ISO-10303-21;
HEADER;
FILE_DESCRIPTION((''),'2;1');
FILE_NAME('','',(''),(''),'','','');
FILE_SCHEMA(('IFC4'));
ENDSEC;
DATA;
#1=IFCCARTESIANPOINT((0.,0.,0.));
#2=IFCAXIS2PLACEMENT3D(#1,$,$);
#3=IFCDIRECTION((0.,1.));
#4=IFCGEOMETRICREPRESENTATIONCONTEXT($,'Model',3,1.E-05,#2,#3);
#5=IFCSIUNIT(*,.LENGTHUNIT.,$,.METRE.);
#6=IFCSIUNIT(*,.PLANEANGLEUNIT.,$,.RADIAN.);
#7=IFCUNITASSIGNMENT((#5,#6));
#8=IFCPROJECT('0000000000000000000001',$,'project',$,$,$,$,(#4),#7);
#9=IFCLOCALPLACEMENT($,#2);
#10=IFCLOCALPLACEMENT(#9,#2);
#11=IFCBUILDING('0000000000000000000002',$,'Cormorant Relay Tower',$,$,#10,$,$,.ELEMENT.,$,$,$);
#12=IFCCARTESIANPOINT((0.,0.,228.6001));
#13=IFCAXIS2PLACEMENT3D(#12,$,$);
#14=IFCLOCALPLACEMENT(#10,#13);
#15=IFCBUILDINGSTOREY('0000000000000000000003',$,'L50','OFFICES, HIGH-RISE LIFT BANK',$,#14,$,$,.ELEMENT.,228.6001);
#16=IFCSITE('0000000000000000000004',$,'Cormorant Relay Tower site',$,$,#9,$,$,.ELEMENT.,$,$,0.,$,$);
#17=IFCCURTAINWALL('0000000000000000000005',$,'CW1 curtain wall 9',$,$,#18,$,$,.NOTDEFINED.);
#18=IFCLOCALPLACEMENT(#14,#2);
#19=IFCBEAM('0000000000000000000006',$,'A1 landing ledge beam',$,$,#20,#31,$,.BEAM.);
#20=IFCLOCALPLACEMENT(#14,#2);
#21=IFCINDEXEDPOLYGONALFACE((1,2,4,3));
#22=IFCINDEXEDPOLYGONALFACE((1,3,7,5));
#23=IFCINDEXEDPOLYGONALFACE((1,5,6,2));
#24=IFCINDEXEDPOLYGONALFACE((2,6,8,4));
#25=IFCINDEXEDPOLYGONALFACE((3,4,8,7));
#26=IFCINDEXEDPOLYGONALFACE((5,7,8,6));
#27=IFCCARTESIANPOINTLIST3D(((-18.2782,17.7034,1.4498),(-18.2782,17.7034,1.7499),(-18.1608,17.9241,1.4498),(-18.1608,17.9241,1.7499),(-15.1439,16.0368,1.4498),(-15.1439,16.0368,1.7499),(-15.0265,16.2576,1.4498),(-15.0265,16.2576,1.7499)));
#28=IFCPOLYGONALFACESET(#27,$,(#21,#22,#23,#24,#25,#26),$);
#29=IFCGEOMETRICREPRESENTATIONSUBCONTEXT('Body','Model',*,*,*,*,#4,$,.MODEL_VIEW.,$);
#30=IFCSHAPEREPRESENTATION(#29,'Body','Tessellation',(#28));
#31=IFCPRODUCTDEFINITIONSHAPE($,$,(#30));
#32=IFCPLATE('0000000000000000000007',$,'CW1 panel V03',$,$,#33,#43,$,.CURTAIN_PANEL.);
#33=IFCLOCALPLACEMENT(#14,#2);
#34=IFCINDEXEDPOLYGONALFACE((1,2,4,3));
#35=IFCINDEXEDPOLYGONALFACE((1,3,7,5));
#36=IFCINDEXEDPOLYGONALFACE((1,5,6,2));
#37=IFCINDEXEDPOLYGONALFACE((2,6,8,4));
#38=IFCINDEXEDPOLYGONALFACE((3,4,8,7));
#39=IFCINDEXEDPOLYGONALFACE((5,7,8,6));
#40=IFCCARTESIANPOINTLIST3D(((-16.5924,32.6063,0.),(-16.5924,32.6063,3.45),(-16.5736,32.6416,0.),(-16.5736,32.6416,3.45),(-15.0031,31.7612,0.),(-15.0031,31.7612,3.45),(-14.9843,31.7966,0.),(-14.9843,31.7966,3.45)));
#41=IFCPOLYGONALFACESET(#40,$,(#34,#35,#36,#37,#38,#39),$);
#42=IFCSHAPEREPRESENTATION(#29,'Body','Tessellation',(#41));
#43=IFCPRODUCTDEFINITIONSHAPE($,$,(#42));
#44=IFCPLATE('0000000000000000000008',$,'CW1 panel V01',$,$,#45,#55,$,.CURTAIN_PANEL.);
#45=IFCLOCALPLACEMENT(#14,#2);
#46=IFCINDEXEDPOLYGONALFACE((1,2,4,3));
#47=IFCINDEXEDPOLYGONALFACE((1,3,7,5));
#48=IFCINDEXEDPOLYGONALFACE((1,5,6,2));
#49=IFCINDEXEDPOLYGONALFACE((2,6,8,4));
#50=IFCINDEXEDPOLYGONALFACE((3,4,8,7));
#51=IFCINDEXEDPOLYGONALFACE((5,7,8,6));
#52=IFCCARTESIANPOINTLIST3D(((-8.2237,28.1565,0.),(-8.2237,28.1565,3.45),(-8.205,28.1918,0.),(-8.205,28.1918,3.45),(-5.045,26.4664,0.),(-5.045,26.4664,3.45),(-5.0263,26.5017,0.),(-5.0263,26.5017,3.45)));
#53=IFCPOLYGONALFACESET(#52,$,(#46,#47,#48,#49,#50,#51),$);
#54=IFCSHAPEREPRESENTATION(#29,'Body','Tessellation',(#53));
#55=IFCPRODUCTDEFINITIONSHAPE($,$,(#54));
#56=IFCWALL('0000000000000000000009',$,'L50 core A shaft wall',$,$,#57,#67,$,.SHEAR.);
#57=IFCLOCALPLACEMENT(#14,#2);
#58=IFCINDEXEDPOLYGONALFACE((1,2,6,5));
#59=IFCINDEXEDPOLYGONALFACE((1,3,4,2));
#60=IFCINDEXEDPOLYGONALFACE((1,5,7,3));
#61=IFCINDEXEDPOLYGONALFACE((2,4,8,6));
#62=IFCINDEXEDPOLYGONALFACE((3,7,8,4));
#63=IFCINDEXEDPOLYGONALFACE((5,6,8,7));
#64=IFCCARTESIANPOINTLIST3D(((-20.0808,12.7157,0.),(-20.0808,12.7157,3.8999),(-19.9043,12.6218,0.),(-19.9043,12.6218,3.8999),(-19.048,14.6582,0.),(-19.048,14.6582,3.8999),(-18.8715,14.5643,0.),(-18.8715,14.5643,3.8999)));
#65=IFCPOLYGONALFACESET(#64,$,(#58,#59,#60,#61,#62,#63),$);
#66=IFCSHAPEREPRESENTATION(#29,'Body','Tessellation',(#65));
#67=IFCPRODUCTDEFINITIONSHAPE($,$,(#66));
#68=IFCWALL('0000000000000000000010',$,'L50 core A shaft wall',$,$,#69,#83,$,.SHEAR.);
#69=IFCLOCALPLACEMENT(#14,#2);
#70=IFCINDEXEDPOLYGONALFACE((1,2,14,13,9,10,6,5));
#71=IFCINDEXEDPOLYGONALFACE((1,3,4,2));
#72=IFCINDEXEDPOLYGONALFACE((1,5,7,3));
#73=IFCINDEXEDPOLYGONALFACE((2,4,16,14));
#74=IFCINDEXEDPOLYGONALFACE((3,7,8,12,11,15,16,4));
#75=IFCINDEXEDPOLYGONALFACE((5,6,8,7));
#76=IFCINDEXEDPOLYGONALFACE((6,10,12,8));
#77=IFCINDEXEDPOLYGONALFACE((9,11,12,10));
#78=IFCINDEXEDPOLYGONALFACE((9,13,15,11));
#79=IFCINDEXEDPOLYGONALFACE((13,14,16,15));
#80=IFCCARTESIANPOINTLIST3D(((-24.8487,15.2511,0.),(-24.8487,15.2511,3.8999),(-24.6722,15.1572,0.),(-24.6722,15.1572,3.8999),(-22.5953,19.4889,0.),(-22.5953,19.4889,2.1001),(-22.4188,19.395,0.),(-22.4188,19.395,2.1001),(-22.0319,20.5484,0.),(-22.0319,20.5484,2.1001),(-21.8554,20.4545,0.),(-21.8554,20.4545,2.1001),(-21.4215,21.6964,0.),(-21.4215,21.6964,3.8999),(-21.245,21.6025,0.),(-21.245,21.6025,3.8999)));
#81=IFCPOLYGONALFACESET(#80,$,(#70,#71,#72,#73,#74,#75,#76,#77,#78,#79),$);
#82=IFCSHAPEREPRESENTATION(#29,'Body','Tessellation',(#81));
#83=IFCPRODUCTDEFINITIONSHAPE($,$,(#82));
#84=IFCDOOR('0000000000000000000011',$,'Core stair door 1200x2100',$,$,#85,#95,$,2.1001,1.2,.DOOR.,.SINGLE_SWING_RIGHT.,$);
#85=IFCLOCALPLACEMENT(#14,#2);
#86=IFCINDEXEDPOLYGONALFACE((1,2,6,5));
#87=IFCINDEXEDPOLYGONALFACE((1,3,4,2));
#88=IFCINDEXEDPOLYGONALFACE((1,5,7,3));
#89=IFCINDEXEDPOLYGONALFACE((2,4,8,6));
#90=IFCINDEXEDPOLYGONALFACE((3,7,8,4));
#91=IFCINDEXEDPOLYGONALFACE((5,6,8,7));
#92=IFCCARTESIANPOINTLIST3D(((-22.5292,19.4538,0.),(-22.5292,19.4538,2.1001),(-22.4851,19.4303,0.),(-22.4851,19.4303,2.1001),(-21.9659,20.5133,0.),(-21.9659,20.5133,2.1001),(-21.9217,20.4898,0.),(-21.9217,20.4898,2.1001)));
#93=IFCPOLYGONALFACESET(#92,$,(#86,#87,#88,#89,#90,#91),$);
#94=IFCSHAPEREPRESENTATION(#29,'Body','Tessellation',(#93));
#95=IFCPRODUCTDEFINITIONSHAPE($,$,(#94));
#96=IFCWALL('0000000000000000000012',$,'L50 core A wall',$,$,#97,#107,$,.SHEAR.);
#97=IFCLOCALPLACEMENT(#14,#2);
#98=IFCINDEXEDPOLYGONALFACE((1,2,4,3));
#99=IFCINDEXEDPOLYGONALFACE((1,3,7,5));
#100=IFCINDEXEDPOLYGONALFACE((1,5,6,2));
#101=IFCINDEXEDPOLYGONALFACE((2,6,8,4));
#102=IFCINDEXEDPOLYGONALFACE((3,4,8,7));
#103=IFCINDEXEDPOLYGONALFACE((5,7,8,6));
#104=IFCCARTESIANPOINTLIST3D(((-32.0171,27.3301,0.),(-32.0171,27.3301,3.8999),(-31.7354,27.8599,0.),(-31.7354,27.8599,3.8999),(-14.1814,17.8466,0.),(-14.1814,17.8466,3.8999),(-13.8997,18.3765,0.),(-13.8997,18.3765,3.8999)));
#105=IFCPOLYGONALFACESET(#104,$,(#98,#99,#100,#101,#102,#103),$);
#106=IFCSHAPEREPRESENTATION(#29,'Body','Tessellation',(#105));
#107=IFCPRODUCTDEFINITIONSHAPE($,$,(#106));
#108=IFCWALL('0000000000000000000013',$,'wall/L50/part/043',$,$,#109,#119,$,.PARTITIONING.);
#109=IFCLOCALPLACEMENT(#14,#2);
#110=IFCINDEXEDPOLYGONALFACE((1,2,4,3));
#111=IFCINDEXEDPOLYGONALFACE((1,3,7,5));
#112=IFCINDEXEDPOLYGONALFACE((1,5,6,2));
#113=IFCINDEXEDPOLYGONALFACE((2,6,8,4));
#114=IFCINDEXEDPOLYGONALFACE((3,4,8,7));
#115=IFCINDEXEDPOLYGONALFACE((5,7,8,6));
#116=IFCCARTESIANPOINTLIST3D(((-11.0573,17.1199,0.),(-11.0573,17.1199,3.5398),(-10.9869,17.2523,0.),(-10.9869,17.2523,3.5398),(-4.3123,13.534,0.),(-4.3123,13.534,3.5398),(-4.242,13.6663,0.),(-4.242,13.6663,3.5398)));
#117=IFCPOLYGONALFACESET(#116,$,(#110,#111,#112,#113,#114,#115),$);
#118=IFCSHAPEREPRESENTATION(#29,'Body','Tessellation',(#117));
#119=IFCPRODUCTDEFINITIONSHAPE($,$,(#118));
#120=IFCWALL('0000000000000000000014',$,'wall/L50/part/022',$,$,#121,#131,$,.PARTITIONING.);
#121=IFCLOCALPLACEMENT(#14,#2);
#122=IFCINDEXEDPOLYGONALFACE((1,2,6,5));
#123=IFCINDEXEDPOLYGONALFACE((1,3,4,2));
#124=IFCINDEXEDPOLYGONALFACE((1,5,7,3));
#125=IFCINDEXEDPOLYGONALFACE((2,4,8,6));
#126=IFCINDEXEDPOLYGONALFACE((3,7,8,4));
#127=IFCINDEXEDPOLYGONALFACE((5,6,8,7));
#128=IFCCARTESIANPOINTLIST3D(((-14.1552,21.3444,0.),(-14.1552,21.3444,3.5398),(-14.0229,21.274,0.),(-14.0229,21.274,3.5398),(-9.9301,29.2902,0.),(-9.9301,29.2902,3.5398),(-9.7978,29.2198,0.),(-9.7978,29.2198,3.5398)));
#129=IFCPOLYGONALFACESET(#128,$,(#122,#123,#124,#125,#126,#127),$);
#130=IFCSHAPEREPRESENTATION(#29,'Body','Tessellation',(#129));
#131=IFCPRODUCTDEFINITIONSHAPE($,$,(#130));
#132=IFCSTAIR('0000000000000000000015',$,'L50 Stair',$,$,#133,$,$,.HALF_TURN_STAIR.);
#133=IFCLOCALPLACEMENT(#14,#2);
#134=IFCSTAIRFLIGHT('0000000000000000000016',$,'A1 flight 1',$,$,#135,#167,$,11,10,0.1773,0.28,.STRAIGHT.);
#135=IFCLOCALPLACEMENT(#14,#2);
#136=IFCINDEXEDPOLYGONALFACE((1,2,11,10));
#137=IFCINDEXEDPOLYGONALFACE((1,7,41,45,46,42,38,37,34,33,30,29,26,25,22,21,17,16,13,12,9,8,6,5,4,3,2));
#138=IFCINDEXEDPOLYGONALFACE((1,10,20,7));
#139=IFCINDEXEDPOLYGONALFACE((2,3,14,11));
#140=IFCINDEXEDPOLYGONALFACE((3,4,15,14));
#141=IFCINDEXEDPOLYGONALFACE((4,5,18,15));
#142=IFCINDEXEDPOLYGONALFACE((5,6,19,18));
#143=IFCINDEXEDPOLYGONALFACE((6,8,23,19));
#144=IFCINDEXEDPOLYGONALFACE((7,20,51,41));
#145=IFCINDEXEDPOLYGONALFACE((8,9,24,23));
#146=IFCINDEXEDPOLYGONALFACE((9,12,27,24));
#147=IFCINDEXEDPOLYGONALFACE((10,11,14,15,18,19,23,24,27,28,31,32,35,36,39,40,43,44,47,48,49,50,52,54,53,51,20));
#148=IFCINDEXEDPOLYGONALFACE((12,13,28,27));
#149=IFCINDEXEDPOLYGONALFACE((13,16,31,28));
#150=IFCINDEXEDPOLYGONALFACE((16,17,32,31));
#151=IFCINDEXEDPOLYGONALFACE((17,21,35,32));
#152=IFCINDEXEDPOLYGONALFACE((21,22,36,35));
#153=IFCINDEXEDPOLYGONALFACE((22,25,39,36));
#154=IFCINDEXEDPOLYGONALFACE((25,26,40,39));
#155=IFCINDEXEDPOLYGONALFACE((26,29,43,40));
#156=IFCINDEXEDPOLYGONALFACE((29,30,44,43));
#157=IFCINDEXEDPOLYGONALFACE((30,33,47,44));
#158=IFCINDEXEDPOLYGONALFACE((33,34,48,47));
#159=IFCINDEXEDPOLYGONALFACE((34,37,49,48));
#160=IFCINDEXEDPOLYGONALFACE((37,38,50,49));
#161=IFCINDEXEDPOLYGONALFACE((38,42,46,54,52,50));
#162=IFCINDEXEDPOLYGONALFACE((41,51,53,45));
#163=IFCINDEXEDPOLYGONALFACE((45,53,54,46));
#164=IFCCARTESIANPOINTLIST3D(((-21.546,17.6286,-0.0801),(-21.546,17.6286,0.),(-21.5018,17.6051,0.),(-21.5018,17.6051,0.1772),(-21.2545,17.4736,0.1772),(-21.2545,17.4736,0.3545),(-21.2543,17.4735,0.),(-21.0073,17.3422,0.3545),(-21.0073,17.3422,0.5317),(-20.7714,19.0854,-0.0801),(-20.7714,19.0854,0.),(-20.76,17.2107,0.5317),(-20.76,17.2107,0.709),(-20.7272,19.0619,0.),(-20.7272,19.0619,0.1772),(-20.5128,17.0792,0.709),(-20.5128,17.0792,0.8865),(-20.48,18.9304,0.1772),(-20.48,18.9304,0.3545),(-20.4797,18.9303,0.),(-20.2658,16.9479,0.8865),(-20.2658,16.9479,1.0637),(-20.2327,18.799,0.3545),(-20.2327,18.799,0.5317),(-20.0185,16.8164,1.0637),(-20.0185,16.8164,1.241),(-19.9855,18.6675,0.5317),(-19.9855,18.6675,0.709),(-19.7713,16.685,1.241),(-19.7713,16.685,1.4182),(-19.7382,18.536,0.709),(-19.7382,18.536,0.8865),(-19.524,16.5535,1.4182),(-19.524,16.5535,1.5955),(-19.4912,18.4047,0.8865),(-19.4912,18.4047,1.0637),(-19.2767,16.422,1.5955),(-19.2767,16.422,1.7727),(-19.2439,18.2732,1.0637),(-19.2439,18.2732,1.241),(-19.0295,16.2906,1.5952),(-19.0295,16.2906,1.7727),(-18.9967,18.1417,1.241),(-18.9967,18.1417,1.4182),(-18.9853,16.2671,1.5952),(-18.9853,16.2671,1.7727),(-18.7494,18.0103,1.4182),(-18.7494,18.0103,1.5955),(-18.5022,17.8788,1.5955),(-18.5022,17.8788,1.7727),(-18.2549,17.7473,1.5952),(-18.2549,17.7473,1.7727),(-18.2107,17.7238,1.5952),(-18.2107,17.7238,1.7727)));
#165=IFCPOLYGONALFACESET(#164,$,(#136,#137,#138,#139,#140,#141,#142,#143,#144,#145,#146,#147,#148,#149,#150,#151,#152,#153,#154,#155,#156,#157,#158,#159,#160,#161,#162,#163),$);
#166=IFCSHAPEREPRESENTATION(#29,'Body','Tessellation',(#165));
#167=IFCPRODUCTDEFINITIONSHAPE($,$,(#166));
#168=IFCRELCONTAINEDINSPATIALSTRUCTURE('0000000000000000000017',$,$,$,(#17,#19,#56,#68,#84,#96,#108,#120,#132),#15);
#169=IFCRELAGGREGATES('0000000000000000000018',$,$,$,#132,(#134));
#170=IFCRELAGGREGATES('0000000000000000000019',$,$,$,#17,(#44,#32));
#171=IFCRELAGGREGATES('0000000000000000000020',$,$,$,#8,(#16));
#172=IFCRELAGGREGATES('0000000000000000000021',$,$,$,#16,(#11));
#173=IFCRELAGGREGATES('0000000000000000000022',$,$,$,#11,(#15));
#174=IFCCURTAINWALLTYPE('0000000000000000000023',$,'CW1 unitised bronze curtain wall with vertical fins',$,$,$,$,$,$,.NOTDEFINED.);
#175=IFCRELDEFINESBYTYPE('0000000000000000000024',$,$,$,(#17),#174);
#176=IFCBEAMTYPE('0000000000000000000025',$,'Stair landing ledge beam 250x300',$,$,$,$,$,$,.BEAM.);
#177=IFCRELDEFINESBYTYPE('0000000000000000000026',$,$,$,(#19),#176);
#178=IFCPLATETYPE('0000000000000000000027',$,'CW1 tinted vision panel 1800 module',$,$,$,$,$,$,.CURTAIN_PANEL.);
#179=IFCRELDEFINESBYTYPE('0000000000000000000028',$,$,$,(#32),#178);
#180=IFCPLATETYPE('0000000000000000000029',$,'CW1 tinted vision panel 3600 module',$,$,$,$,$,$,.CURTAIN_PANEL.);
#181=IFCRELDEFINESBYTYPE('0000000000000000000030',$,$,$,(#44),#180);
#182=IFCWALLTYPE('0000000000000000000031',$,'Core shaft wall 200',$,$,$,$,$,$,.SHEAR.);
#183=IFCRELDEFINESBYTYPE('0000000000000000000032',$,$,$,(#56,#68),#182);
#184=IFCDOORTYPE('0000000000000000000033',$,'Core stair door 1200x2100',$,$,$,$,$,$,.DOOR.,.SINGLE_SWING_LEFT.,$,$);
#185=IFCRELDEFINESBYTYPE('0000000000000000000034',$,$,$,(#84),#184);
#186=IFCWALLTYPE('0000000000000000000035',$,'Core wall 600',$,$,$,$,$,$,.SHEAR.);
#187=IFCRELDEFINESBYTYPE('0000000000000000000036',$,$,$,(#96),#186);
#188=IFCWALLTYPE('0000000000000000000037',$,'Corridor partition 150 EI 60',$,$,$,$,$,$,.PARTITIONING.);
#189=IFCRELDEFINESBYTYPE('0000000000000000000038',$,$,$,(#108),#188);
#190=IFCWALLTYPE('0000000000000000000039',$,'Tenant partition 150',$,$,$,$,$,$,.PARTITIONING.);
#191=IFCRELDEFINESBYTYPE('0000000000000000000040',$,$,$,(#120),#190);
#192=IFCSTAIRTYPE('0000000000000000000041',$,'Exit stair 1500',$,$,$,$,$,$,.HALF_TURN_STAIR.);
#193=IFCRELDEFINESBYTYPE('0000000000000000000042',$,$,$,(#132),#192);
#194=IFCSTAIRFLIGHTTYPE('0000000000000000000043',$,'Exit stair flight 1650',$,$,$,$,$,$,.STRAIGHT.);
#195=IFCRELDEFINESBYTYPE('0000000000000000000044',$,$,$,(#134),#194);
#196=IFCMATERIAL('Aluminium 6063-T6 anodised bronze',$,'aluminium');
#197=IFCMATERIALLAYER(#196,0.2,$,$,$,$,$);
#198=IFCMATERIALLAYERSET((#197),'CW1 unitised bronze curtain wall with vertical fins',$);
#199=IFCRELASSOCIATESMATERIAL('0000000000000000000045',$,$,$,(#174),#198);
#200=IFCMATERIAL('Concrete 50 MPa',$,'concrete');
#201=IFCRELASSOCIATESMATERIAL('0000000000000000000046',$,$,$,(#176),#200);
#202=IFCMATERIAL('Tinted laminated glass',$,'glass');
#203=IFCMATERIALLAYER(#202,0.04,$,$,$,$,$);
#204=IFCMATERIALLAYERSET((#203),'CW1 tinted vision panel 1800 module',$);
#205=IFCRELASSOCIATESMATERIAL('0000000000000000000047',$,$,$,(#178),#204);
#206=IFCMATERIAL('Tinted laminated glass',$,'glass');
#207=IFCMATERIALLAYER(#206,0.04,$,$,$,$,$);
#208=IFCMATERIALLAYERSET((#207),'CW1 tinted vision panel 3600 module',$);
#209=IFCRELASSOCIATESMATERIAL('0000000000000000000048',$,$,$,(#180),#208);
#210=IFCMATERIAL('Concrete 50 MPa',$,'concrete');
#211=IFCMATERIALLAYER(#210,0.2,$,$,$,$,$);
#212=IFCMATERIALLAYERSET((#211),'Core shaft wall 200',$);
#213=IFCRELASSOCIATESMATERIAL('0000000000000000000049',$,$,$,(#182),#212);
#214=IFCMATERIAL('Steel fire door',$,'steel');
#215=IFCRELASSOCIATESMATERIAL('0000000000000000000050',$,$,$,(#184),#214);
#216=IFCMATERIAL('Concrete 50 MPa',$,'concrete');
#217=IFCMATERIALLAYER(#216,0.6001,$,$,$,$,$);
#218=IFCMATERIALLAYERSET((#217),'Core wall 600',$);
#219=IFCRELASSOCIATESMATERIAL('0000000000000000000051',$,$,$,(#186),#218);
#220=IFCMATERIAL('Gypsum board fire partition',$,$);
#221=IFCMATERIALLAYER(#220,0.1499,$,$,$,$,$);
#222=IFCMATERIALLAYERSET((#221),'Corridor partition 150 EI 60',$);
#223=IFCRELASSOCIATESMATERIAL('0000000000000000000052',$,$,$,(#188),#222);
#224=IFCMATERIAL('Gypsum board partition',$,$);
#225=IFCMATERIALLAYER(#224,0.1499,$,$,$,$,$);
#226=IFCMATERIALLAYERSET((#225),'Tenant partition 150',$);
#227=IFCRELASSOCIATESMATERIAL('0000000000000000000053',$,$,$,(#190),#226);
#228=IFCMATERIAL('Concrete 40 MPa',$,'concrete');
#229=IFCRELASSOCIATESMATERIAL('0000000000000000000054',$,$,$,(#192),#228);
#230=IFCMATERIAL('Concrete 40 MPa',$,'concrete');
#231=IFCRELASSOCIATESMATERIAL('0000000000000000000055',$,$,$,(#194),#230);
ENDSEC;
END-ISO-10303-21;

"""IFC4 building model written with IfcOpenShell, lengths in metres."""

from ifc_helpers import new_model, si_unit, direction, frame, frame_2d, origin, origin_2d, place, context, subcontext, project, spatial, polyline, rectangle, outline, extrude, material, layer, layer_set, material_profile, profile_set, type_object, element, fill, aggregate, save


model = new_model("IFC4")

# Units and contexts
model_context = context("Model", 3, precision=1e-05, world=origin(), true_north=direction((0.0, 1.0)))
body_context = subcontext(model_context, "Body", "Model", "MODEL_VIEW")
ifc_project = project(units=[si_unit("LENGTHUNIT", "METRE"), si_unit("PLANEANGLEUNIT", "RADIAN")], contexts=[model_context])

# Site, building, storey
site_placement = place(None, origin())
site = spatial("IfcSite", under=ifc_project, at=site_placement, Name="Cormorant Relay Tower site", CompositionType="ELEMENT", RefElevation=0.0)
building_placement = place(site_placement, origin())
building = spatial("IfcBuilding", under=site, at=building_placement, Name="Cormorant Relay Tower", CompositionType="ELEMENT")
storey_placement = place(building_placement, frame((0.0, 0.0, 228.6001)))
storey = spatial("IfcBuildingStorey", under=building, at=storey_placement, Name="L50", Description="OFFICES, HIGH-RISE LIFT BANK", CompositionType="ELEMENT", Elevation=228.6001)

# Curtain wall
ifc_material_1 = material(Name="Aluminium 6063-T6 anodised bronze", Category="aluminium")
ifc_layer_1 = layer(ifc_material_1, 0.2)
ifc_layer_set_1 = layer_set([ifc_layer_1], Name="CW1 unitised bronze curtain wall with vertical fins")
curtain_wall_type = type_object("IfcCurtainWallType", Name="CW1 unitised bronze curtain wall with vertical fins", PredefinedType="NOTDEFINED", material=ifc_layer_set_1)
curtain_wall_placement = place(storey_placement, origin())
curtain_wall = element("IfcCurtainWall", 1, at=curtain_wall_placement, inside=storey, type_object=curtain_wall_type, Name="CW1 curtain wall 9", PredefinedType="NOTDEFINED")

# Beam
ifc_material_2 = material(Name="Concrete 50 MPa", Category="concrete")
ifc_material_profile_1 = material_profile(ifc_material_2, rectangle(XDim=0.25, YDim=0.3, at=origin_2d()), Name="RC 250x300")
ifc_profile_set_1 = profile_set([ifc_material_profile_1], Name="Concrete 50 MPa")
beam_type_1 = type_object("IfcBeamType", Name="Stair landing ledge beam 250x300", PredefinedType="BEAM", material=ifc_profile_set_1)
beam_1_placement = place(storey_placement, frame((-18.2195, 17.8137, 1.5999), z_axis=(0.88295, -0.469467, 0.0), x_axis=(0.469467, 0.88295, 0.0)))
element("IfcBeam", 2, at=beam_1_placement, inside=storey, type_object=beam_type_1, Name="A1 landing ledge beam", PredefinedType="BEAM", context=body_context, shape_type="SweptSolid", body=[
    extrude(rectangle(XDim=0.25, YDim=0.3, at=origin_2d()), origin(), (0.0, 0.0, 1.0), 3.5498),
])

# Plates
ifc_material_3 = material(Name="Tinted laminated glass", Category="glass")
ifc_layer_2 = layer(ifc_material_3, 0.04)
ifc_layer_set_2 = layer_set([ifc_layer_2], Name="CW1 tinted vision panel 1800 module")
plate_type_1 = type_object("IfcPlateType", Name="CW1 tinted vision panel 1800 module", PredefinedType="CURTAIN_PANEL", material=ifc_layer_set_2)
plate_1_placement = place(storey_placement, frame((-15.7883, 32.2014, 0.0), z_axis=(0.0, 0.0, 1.0), x_axis=(-0.882948, 0.469472, 0.0)))
plate_1 = element("IfcPlate", 3, at=plate_1_placement, type_object=plate_type_1, Name="CW1 panel V03", PredefinedType="CURTAIN_PANEL", context=body_context, shape_type="SweptSolid", body=[
    extrude(rectangle(XDim=1.8, YDim=0.04, at=origin_2d()), origin(), (0.0, 0.0, 1.0), 3.45),
])
ifc_material_4 = material(Name="Tinted laminated glass", Category="glass")
ifc_layer_3 = layer(ifc_material_4, 0.04)
ifc_layer_set_3 = layer_set([ifc_layer_3], Name="CW1 tinted vision panel 3600 module")
plate_type_2 = type_object("IfcPlateType", Name="CW1 tinted vision panel 3600 module", PredefinedType="CURTAIN_PANEL", material=ifc_layer_set_3)
plate_2_placement = place(storey_placement, frame((-6.625, 27.3291, 0.0), z_axis=(0.0, 0.0, 1.0), x_axis=(-0.882948, 0.469472, 0.0)))
plate_2 = element("IfcPlate", 4, at=plate_2_placement, type_object=plate_type_2, Name="CW1 panel V01", PredefinedType="CURTAIN_PANEL", context=body_context, shape_type="SweptSolid", body=[
    extrude(rectangle(XDim=3.6001, YDim=0.04, at=origin_2d()), origin(), (0.0, 0.0, 1.0), 3.45),
])

# Wall
ifc_material_5 = material(Name="Concrete 50 MPa", Category="concrete")
ifc_layer_4 = layer(ifc_material_5, 0.2)
ifc_layer_set_4 = layer_set([ifc_layer_4], Name="Core shaft wall 200")
wall_type_1 = type_object("IfcWallType", Name="Core shaft wall 200", PredefinedType="SHEAR", material=ifc_layer_set_4)
wall_1_placement = place(storey_placement, frame((-18.9597, 14.6113, 0.0), z_axis=(0.0, 0.0, 1.0), x_axis=(-0.469447, -0.88296, 0.0)))
element("IfcWall", 5, at=wall_1_placement, inside=storey, type_object=wall_type_1, Name="L50 core A shaft wall", PredefinedType="SHEAR", context=body_context, shape_type="SweptSolid", body=[
    extrude(rectangle(XDim=2.2, YDim=0.2, at=frame_2d((1.1001, 0.0))), origin(), (0.0, 0.0, 1.0), 3.8999),
])

# Wall, opening, door
wall_2_placement = place(storey_placement, frame((-21.3333, 21.6494, 0.0), z_axis=(0.0, 0.0, 1.0), x_axis=(-0.469494, -0.882936, 0.0)))
wall_2 = element("IfcWall", 6, at=wall_2_placement, inside=storey, type_object=wall_type_1, Name="L50 core A shaft wall", PredefinedType="SHEAR", context=body_context, shape_type="SweptSolid", body=[
    extrude(rectangle(XDim=7.2998, YDim=0.2, at=frame_2d((3.6499, 0.0))), origin(), (0.0, 0.0, 1.0), 3.8999),
])
opening_1_placement = place(wall_2_placement, frame((1.3, 0.0, 0.0)))
opening_1 = element("IfcOpeningElement", 7, at=opening_1_placement, cuts=wall_2, PredefinedType="OPENING", context=body_context, shape_type="SweptSolid", body=[
    extrude(rectangle(XDim=1.2, YDim=2.1001, at=frame_2d((0.6001, 1.05))), frame((0.0, 0.1099, 0.0), z_axis=(0.0, -1.0, 0.0), x_axis=(1.0, 0.0, 0.0)), (0.0, 0.0, 1.0), 0.22),
])
ifc_material_6 = material(Name="Steel fire door", Category="steel")
door_type_1 = type_object("IfcDoorType", Name="Core stair door 1200x2100", OperationType="SINGLE_SWING_LEFT", PredefinedType="DOOR", material=ifc_material_6)
door_1_placement = place(opening_1_placement, origin())
door_1 = element("IfcDoor", 8, at=door_1_placement, inside=storey, type_object=door_type_1, Name="Core stair door 1200x2100", OperationType="SINGLE_SWING_RIGHT", OverallHeight=2.1001, OverallWidth=1.2, PredefinedType="DOOR", context=body_context, shape_type="SweptSolid", body=[
    extrude(rectangle(XDim=1.2, YDim=2.1001, at=frame_2d((0.6001, 1.05))), frame((0.0, 0.0249, 0.0), z_axis=(0.0, -1.0, 0.0), x_axis=(1.0, 0.0, 0.0)), (0.0, 0.0, 1.0), 0.05),
])
fill(opening_1, door_1)
ifc_material_7 = material(Name="Concrete 50 MPa", Category="concrete")
ifc_layer_5 = layer(ifc_material_7, 0.6001)
ifc_layer_set_5 = layer_set([ifc_layer_5], Name="Core wall 600")
wall_type_2 = type_object("IfcWallType", Name="Core wall 600", PredefinedType="SHEAR", material=ifc_layer_set_5)

# Walls
wall_3_placement = place(storey_placement, frame((-14.0405, 18.1116, 0.0), z_axis=(0.0, 0.0, 1.0), x_axis=(-0.882948, 0.469471, 0.0)))
element("IfcWall", 9, at=wall_3_placement, inside=storey, type_object=wall_type_2, Name="L50 core A wall", PredefinedType="SHEAR", context=body_context, shape_type="SweptSolid", body=[
    extrude(rectangle(XDim=20.2002, YDim=0.6001, at=frame_2d((10.1001, 0.0))), origin(), (0.0, 0.0, 1.0), 3.8999),
])
ifc_material_8 = material(Name="Gypsum board fire partition")
ifc_layer_6 = layer(ifc_material_8, 0.1499)
ifc_layer_set_6 = layer_set([ifc_layer_6], Name="Corridor partition 150 EI 60")
wall_type_3 = type_object("IfcWallType", Name="Corridor partition 150 EI 60", PredefinedType="PARTITIONING", material=ifc_layer_set_6)
wall_4_placement = place(storey_placement, frame((-11.022, 17.186, 0.0), z_axis=(0.0, 0.0, 1.0), x_axis=(0.882968, -0.469433, 0.0)))
element("IfcWall", 10, at=wall_4_placement, inside=storey, type_object=wall_type_3, Name="wall/L50/part/043", PredefinedType="PARTITIONING", context=body_context, shape_type="SweptSolid", body=[
    extrude(rectangle(XDim=7.6389, YDim=0.1499, at=frame_2d((3.8193, 0.0))), origin(), (0.0, 0.0, 1.0), 3.5398),
])
ifc_material_9 = material(Name="Gypsum board partition")
ifc_layer_7 = layer(ifc_material_9, 0.1499)
ifc_layer_set_7 = layer_set([ifc_layer_7], Name="Tenant partition 150")
wall_type_4 = type_object("IfcWallType", Name="Tenant partition 150", PredefinedType="PARTITIONING", material=ifc_layer_set_7)
wall_5_placement = place(storey_placement, frame((-9.864, 29.2549, 0.0), z_axis=(0.0, 0.0, 1.0), x_axis=(-0.469492, -0.882937, 0.0)))
element("IfcWall", 11, at=wall_5_placement, inside=storey, type_object=wall_type_4, Name="wall/L50/part/022", PredefinedType="PARTITIONING", context=body_context, shape_type="SweptSolid", body=[
    extrude(rectangle(XDim=8.9993, YDim=0.1499, at=frame_2d((4.4995, 0.0))), origin(), (0.0, 0.0, 1.0), 3.5398),
])

# Stair, stair flight
ifc_material_10 = material(Name="Concrete 40 MPa", Category="concrete")
stair_type = type_object("IfcStairType", Name="Exit stair 1500", PredefinedType="HALF_TURN_STAIR", material=ifc_material_10)
stair_placement = place(storey_placement, origin())
stair = element("IfcStair", 12, at=stair_placement, inside=storey, type_object=stair_type, Name="L50 Stair", PredefinedType="HALF_TURN_STAIR")
ifc_material_11 = material(Name="Concrete 40 MPa", Category="concrete")
stair_flight_type = type_object("IfcStairFlightType", Name="Exit stair flight 1650", PredefinedType="STRAIGHT", material=ifc_material_11)
stair_flight_1_placement = place(storey_placement, frame((-21.1145, 18.3335, 0.0), z_axis=(0.0, 0.0, 1.0), x_axis=(0.882948, -0.469472, 0.0)))
stair_flight_1 = element("IfcStairFlight", 13, at=stair_flight_1_placement, type_object=stair_flight_type, Name="A1 flight 1", NumberOfRisers=11, NumberOfTreads=10, PredefinedType="STRAIGHT", RiserHeight=0.1773, TreadLength=0.28, context=body_context, shape_type="SweptSolid", body=[
    extrude(outline(polyline([(-0.05, -0.0801), (-0.05, 0.0), (0.0, 0.0), (0.0, 0.1772), (0.28, 0.1772), (0.28, 0.3545), (0.5601, 0.3545), (0.5601, 0.5317), (0.8401, 0.5317), (0.8401, 0.709), (1.1201, 0.709), (1.1201, 0.8865), (1.3999, 0.8865), (1.3999, 1.0637), (1.6799, 1.0637), (1.6799, 1.241), (1.96, 1.241), (1.96, 1.4182), (2.24, 1.4182), (2.24, 1.5955), (2.52, 1.5955), (2.52, 1.7727), (2.8, 1.7727), (2.8501, 1.7727), (2.8501, 1.5952), (2.8, 1.5952), (0.2803, 0.0), (-0.05, -0.0801)])), frame((0.0, 0.825, 0.0), z_axis=(0.0, -1.0, 0.0), x_axis=(1.0, 0.0, 0.0)), (0.0, 0.0, 1.0), 1.6499),
])
aggregate(stair, [stair_flight_1])

aggregate(curtain_wall, [plate_2, plate_1])

save(model, "model.ifc")
